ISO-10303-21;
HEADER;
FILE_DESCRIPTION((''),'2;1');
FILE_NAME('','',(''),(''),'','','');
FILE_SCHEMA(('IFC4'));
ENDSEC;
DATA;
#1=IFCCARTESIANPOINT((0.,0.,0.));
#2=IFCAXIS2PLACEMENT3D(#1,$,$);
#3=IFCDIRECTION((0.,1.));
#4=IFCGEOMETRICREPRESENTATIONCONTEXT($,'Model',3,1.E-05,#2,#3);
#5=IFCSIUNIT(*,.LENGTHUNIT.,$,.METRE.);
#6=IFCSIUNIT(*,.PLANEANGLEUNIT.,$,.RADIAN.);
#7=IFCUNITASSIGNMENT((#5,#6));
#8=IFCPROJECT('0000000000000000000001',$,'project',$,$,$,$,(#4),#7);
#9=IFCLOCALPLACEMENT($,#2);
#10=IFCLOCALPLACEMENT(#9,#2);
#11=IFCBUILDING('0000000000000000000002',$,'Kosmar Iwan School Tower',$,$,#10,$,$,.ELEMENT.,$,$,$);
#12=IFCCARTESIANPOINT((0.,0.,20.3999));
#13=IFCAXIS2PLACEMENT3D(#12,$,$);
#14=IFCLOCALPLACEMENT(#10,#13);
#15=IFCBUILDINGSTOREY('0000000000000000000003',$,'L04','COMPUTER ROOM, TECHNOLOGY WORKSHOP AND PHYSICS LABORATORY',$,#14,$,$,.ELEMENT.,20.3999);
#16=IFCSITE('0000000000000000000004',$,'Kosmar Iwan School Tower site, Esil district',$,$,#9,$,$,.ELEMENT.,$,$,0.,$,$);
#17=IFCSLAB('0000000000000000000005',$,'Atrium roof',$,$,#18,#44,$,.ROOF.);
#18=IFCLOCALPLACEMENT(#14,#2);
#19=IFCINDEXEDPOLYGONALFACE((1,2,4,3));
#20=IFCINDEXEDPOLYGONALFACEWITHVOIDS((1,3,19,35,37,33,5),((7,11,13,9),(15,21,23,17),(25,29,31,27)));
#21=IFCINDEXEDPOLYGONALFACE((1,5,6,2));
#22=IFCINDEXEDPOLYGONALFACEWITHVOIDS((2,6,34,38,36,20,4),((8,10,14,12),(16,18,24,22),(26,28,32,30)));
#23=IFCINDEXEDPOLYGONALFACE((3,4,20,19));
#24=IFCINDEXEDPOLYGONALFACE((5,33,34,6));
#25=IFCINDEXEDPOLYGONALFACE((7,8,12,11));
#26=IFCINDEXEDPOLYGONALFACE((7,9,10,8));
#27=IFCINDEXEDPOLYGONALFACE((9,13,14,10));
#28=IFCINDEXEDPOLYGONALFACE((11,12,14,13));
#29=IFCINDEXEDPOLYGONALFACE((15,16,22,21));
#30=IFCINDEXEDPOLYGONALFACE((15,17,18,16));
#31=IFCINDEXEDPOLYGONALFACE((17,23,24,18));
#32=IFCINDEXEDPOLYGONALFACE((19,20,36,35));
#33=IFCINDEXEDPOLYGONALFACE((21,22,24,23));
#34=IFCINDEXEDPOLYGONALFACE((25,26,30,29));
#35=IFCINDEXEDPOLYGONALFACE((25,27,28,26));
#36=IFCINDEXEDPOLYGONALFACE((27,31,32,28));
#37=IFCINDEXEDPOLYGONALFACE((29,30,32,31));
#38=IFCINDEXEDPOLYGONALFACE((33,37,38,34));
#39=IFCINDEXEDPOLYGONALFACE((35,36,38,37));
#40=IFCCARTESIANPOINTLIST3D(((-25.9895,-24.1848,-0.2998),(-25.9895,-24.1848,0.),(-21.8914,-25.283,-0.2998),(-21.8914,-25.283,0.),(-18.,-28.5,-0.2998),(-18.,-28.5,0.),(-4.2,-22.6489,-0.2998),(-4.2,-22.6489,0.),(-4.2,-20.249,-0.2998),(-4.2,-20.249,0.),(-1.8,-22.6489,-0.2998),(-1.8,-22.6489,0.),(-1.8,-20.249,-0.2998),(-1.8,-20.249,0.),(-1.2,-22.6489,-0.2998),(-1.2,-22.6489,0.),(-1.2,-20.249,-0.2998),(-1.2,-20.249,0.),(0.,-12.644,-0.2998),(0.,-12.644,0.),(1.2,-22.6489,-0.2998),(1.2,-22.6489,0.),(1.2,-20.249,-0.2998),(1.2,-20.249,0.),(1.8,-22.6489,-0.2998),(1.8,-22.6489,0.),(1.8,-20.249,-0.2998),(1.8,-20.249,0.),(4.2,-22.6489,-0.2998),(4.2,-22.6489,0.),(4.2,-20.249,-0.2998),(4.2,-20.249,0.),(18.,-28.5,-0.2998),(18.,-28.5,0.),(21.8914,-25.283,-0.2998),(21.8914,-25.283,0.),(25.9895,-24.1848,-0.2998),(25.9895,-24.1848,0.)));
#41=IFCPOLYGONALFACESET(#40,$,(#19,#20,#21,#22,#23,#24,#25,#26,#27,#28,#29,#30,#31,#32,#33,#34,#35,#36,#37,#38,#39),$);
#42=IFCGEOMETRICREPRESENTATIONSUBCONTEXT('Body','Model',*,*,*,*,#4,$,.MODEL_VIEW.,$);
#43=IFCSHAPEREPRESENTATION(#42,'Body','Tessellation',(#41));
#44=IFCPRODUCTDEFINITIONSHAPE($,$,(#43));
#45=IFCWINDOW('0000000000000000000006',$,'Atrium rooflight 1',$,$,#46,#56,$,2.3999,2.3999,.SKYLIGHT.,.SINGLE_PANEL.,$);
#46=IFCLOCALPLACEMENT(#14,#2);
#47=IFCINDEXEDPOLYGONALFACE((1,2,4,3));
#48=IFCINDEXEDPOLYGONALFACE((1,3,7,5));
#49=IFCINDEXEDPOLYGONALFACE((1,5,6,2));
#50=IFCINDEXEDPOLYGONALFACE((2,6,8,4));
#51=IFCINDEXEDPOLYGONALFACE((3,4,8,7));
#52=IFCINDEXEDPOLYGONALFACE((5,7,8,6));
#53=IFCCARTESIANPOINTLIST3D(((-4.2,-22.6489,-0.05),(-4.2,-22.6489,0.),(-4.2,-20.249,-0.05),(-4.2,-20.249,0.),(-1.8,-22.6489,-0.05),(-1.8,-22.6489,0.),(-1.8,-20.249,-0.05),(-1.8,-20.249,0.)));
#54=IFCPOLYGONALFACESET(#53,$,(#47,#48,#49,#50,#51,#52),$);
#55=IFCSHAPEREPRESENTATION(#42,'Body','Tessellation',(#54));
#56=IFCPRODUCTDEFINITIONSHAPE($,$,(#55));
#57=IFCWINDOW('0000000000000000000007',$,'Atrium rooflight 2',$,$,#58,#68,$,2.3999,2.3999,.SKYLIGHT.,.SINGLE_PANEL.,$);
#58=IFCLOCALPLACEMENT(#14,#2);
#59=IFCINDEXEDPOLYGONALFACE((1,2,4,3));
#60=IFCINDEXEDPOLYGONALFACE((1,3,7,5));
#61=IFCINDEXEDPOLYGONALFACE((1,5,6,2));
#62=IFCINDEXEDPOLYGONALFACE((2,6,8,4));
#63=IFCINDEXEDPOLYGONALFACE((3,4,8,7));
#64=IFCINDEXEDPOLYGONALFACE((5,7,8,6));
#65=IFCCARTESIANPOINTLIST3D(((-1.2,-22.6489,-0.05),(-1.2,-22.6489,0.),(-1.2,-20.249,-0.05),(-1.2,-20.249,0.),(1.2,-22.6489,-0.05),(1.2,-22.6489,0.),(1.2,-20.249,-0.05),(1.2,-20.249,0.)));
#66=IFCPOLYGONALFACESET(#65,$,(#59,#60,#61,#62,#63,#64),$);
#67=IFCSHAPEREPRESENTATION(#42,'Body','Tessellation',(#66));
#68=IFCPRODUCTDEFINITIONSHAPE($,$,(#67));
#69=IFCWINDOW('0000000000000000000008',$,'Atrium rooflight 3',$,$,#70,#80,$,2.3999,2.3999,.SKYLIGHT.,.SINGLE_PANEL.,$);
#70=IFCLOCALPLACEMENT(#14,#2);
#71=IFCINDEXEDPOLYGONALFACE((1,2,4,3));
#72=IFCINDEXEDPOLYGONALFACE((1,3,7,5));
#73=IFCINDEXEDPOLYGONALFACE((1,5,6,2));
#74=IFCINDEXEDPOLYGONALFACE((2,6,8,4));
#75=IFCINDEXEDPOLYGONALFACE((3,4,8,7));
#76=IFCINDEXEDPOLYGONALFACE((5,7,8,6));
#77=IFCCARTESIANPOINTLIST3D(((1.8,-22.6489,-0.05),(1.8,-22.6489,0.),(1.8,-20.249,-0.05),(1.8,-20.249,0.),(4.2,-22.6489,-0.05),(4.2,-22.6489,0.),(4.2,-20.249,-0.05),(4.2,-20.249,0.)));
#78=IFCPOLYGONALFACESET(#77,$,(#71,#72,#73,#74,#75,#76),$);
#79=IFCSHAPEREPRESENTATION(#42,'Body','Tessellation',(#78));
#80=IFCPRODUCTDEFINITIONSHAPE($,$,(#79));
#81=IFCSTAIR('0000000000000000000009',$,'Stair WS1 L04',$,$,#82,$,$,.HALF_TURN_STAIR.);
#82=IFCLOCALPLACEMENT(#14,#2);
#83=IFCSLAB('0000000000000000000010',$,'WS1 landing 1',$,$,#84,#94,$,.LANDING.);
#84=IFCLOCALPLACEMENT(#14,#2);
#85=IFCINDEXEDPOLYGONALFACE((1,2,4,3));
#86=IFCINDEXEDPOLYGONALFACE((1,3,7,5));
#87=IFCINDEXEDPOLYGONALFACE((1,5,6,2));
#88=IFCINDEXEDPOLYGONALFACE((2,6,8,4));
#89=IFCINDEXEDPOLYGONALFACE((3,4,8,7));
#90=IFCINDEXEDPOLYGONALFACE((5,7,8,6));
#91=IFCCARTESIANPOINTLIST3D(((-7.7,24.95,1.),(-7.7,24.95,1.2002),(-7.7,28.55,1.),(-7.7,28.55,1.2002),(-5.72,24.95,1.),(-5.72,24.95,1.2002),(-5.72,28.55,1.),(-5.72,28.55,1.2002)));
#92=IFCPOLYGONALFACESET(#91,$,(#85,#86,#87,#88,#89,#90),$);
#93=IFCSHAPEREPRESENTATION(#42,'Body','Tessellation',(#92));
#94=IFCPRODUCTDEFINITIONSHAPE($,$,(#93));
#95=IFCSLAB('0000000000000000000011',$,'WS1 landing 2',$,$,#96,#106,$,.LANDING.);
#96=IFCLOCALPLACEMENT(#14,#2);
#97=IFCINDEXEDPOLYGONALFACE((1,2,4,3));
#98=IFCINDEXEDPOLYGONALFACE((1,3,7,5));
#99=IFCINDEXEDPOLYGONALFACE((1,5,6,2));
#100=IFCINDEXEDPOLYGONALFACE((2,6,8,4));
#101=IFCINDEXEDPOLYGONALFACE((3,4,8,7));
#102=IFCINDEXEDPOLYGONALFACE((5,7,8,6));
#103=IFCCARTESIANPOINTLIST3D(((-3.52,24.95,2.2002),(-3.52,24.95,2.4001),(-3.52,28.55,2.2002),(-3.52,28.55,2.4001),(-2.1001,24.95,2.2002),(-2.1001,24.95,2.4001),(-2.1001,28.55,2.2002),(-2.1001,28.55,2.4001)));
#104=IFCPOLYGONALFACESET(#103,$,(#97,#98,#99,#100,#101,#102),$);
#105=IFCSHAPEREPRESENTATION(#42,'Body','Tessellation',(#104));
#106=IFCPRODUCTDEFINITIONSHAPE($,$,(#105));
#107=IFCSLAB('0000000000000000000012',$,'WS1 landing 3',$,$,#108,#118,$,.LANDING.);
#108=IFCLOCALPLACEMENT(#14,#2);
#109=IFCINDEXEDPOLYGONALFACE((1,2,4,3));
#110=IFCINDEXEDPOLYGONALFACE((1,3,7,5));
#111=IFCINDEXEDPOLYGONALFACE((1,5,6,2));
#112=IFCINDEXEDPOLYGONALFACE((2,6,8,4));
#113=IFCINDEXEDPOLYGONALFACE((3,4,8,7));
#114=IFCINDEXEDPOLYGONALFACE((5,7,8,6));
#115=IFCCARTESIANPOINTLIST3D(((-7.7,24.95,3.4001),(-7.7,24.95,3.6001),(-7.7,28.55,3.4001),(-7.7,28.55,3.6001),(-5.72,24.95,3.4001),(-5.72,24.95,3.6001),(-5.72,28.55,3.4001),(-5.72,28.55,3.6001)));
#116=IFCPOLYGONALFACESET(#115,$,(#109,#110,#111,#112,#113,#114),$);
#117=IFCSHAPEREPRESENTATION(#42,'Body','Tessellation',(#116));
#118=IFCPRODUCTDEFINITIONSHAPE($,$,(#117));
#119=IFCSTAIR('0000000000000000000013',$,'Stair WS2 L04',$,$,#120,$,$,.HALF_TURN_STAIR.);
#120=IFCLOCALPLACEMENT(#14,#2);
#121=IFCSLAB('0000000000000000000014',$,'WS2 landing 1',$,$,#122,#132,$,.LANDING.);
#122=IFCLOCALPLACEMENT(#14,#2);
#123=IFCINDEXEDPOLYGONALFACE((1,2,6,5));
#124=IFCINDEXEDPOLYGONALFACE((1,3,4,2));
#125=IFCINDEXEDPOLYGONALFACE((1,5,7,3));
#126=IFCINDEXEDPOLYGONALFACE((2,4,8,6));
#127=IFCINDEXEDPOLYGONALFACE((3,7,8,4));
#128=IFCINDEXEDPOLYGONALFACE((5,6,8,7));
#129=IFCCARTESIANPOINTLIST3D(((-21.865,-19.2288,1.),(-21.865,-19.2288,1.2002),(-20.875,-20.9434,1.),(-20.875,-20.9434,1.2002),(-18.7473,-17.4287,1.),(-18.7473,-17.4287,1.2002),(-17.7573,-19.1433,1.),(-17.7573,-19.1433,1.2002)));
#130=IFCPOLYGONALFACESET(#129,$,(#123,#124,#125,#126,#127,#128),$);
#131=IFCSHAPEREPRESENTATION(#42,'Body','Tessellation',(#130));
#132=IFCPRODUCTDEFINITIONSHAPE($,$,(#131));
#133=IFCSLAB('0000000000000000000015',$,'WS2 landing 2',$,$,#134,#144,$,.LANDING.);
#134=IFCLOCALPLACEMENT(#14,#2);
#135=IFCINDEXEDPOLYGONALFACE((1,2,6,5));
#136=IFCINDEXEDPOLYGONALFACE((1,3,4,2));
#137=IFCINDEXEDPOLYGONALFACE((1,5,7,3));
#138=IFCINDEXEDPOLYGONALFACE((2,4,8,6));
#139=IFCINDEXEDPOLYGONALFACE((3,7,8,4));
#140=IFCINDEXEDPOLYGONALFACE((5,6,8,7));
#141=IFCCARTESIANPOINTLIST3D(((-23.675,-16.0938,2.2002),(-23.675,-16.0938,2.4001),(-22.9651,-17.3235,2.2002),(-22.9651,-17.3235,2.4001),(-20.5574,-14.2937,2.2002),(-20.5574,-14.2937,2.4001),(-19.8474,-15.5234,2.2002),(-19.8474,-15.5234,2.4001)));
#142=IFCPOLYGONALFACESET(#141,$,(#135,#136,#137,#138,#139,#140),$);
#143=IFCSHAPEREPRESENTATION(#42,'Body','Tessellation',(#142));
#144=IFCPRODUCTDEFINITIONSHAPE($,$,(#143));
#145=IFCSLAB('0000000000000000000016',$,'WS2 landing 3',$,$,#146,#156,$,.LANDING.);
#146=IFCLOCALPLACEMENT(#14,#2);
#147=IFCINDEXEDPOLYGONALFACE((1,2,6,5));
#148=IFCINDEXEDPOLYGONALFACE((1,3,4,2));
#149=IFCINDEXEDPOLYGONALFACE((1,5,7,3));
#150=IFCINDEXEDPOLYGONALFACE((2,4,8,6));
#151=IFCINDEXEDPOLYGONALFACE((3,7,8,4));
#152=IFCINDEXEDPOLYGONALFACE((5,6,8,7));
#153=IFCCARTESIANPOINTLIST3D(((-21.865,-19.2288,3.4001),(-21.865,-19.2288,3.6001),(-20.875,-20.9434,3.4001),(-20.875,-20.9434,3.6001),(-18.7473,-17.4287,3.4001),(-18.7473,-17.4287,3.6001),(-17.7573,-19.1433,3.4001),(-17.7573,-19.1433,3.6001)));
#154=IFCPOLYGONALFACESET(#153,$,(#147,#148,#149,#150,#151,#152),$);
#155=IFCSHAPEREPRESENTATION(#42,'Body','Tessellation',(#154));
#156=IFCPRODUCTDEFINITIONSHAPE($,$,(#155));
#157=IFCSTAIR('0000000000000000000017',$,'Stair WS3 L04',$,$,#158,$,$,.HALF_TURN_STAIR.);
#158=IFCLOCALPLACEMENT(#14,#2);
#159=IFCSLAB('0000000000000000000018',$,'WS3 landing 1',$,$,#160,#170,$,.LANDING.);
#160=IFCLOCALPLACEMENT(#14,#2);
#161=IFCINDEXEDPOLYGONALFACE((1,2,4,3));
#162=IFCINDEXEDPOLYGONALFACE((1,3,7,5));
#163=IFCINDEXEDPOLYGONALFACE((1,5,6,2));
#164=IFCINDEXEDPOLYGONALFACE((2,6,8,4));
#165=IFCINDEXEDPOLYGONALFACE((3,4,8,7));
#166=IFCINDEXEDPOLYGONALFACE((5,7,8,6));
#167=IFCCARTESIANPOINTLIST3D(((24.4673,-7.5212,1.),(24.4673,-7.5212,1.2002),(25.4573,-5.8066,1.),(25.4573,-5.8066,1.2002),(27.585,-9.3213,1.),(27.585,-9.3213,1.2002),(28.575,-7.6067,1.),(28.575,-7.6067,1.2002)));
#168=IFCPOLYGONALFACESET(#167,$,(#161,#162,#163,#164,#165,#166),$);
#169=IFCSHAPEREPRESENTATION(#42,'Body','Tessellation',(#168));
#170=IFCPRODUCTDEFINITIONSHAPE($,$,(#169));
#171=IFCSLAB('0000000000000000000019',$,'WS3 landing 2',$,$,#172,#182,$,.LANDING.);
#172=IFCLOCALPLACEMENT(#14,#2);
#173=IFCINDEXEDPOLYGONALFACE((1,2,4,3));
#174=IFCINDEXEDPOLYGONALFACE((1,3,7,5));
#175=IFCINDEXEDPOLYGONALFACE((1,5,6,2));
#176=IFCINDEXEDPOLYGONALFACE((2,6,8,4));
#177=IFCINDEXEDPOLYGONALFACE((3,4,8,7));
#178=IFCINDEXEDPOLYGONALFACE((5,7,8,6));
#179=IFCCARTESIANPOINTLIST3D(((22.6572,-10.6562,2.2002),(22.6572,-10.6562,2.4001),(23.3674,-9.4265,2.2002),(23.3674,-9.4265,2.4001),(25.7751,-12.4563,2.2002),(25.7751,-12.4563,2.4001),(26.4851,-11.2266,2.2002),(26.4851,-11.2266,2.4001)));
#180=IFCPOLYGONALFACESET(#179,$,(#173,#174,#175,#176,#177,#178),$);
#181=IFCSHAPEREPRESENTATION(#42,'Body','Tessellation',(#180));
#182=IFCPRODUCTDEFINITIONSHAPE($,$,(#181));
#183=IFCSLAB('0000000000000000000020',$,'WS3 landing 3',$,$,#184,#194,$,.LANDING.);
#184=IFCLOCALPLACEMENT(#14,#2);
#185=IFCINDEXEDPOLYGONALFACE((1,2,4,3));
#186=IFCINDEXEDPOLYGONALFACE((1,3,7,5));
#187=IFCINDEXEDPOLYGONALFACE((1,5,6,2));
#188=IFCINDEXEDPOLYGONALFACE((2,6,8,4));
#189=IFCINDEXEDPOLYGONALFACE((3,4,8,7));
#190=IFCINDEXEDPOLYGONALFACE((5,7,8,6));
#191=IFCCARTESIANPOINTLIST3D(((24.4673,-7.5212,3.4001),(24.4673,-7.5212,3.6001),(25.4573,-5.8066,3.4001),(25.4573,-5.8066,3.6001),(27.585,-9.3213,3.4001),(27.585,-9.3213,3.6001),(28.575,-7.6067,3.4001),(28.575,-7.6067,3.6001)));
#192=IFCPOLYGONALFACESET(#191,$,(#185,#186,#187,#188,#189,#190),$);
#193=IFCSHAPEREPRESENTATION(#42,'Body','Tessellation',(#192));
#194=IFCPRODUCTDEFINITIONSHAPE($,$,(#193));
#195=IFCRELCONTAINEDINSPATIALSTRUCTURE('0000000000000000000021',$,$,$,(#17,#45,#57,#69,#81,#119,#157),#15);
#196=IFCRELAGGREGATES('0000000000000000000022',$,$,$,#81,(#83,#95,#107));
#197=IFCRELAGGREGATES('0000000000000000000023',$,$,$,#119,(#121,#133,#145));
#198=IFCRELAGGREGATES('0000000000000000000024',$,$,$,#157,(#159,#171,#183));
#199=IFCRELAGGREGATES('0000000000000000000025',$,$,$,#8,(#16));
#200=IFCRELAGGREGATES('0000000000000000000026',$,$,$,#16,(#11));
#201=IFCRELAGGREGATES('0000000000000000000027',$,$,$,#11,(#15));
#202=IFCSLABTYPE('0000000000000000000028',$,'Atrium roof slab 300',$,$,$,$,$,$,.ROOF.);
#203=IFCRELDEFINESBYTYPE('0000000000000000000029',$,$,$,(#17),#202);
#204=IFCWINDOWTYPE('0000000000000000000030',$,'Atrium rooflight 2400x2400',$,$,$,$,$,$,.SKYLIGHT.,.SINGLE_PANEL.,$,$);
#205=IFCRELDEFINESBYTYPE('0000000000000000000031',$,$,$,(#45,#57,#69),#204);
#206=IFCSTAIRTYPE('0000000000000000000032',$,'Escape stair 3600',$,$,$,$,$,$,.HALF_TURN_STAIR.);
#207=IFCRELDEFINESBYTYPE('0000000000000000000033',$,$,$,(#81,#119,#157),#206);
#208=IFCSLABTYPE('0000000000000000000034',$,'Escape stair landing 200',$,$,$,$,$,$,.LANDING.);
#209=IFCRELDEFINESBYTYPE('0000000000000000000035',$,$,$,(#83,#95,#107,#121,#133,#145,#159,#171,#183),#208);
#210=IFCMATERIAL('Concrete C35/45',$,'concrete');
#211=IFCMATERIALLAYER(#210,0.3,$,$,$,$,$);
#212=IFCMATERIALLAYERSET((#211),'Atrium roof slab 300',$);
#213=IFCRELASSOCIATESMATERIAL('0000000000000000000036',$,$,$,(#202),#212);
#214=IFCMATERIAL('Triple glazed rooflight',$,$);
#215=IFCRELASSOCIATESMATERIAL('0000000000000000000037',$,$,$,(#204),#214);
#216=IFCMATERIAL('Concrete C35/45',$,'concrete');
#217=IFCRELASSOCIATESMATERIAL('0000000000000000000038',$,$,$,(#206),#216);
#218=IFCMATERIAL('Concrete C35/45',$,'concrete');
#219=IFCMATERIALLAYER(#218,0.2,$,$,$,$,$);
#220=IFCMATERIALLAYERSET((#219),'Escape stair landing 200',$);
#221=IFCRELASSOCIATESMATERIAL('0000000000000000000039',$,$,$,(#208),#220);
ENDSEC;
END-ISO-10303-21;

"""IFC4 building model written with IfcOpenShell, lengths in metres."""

from ifc_helpers import new_model, si_unit, direction, frame, origin, origin_2d, place, context, subcontext, project, spatial, polyline, rectangle, outline, extrude, material, layer, layer_set, type_object, element, fill, aggregate, save


model = new_model("IFC4")

# Units and contexts
model_context = context("Model", 3, precision=1e-05, world=origin(), true_north=direction((0.0, 1.0)))
body_context = subcontext(model_context, "Body", "Model", "MODEL_VIEW")
ifc_project = project(units=[si_unit("LENGTHUNIT", "METRE"), si_unit("PLANEANGLEUNIT", "RADIAN")], contexts=[model_context])

# Site, building, storey
site_placement = place(None, origin())
site = spatial("IfcSite", under=ifc_project, at=site_placement, Name="Kosmar Iwan School Tower site, Esil district", CompositionType="ELEMENT", RefElevation=0.0)
building_placement = place(site_placement, origin())
building = spatial("IfcBuilding", under=site, at=building_placement, Name="Kosmar Iwan School Tower", CompositionType="ELEMENT")
storey_placement = place(building_placement, frame((0.0, 0.0, 20.3999)))
storey = spatial("IfcBuildingStorey", under=building, at=storey_placement, Name="L04", Description="COMPUTER ROOM, TECHNOLOGY WORKSHOP AND PHYSICS LABORATORY", CompositionType="ELEMENT", Elevation=20.3999)

# Slab, openings, windows
ifc_material_1 = material(Name="Concrete C35/45", Category="concrete")
ifc_layer_1 = layer(ifc_material_1, 0.3)
ifc_layer_set_1 = layer_set([ifc_layer_1], Name="Atrium roof slab 300")
slab_type_1 = type_object("IfcSlabType", Name="Atrium roof slab 300", PredefinedType="ROOF", material=ifc_layer_set_1)
slab_1_placement = place(storey_placement, frame((0.0, 0.0, -0.2998)))
slab_1 = element("IfcSlab", 1, at=slab_1_placement, inside=storey, type_object=slab_type_1, Name="Atrium roof", PredefinedType="ROOF", context=body_context, shape_type="SweptSolid", body=[
    extrude(outline(polyline([(-18.0, -28.5), (18.0, -28.5), (25.9895, -24.1848), (21.8914, -25.283), (0.0, -12.644), (-21.8914, -25.283), (-25.9895, -24.1848), (-18.0, -28.5)])), origin(), (0.0, 0.0, 1.0), 0.2998),
])
opening_1_placement = place(slab_1_placement, frame((-3.0, -21.449, 0.0)))
opening_1 = element("IfcOpeningElement", 2, at=opening_1_placement, cuts=slab_1, PredefinedType="OPENING", context=body_context, shape_type="SweptSolid", body=[
    extrude(rectangle(XDim=2.3999, YDim=2.3999, at=origin_2d()), origin(), (0.0, 0.0, 1.0), 0.2998),
])
opening_2_placement = place(slab_1_placement, frame((0.0, -21.449, 0.0)))
opening_2 = element("IfcOpeningElement", 3, at=opening_2_placement, cuts=slab_1, PredefinedType="OPENING", context=body_context, shape_type="SweptSolid", body=[
    extrude(rectangle(XDim=2.3999, YDim=2.3999, at=origin_2d()), origin(), (0.0, 0.0, 1.0), 0.2998),
])
opening_3_placement = place(slab_1_placement, frame((3.0, -21.449, 0.0)))
opening_3 = element("IfcOpeningElement", 4, at=opening_3_placement, cuts=slab_1, PredefinedType="OPENING", context=body_context, shape_type="SweptSolid", body=[
    extrude(rectangle(XDim=2.3999, YDim=2.3999, at=origin_2d()), origin(), (0.0, 0.0, 1.0), 0.2998),
])
ifc_material_2 = material(Name="Triple glazed rooflight")
window_type = type_object("IfcWindowType", Name="Atrium rooflight 2400x2400", PartitioningType="SINGLE_PANEL", PredefinedType="SKYLIGHT", material=ifc_material_2)
window_1_placement = place(opening_1_placement, frame((0.0, 0.0, 0.2498)))
window_1 = element("IfcWindow", 5, at=window_1_placement, inside=storey, type_object=window_type, Name="Atrium rooflight 1", OverallHeight=2.3999, OverallWidth=2.3999, PartitioningType="SINGLE_PANEL", PredefinedType="SKYLIGHT", context=body_context, shape_type="SweptSolid", body=[
    extrude(rectangle(XDim=2.3999, YDim=2.3999, at=origin_2d()), origin(), (0.0, 0.0, 1.0), 0.05),
])
fill(opening_1, window_1)
window_2_placement = place(opening_2_placement, frame((0.0, 0.0, 0.2498)))
window_2 = element("IfcWindow", 6, at=window_2_placement, inside=storey, type_object=window_type, Name="Atrium rooflight 2", OverallHeight=2.3999, OverallWidth=2.3999, PartitioningType="SINGLE_PANEL", PredefinedType="SKYLIGHT", context=body_context, shape_type="SweptSolid", body=[
    extrude(rectangle(XDim=2.3999, YDim=2.3999, at=origin_2d()), origin(), (0.0, 0.0, 1.0), 0.05),
])
fill(opening_2, window_2)
window_3_placement = place(opening_3_placement, frame((0.0, 0.0, 0.2498)))
window_3 = element("IfcWindow", 7, at=window_3_placement, inside=storey, type_object=window_type, Name="Atrium rooflight 3", OverallHeight=2.3999, OverallWidth=2.3999, PartitioningType="SINGLE_PANEL", PredefinedType="SKYLIGHT", context=body_context, shape_type="SweptSolid", body=[
    extrude(rectangle(XDim=2.3999, YDim=2.3999, at=origin_2d()), origin(), (0.0, 0.0, 1.0), 0.05),
])
fill(opening_3, window_3)

# Stairs, slabs
ifc_material_3 = material(Name="Concrete C35/45", Category="concrete")
stair_type_1 = type_object("IfcStairType", Name="Escape stair 3600", PredefinedType="HALF_TURN_STAIR", material=ifc_material_3)
stair_1_placement = place(storey_placement, origin())
stair_1 = element("IfcStair", 8, at=stair_1_placement, inside=storey, type_object=stair_type_1, Name="Stair WS1 L04", PredefinedType="HALF_TURN_STAIR")
ifc_material_4 = material(Name="Concrete C35/45", Category="concrete")
ifc_layer_2 = layer(ifc_material_4, 0.2)
ifc_layer_set_2 = layer_set([ifc_layer_2], Name="Escape stair landing 200")
slab_type_2 = type_object("IfcSlabType", Name="Escape stair landing 200", PredefinedType="LANDING", material=ifc_layer_set_2)
slab_2_placement = place(storey_placement, frame((0.0, 0.0, 1.0)))
slab_2 = element("IfcSlab", 9, at=slab_2_placement, type_object=slab_type_2, Name="WS1 landing 1", PredefinedType="LANDING", context=body_context, shape_type="SweptSolid", body=[
    extrude(outline(polyline([(-5.72, 24.95), (-5.72, 28.55), (-7.7, 28.55), (-7.7, 24.95), (-5.72, 24.95)])), origin(), (0.0, 0.0, 1.0), 0.2002),
])
slab_3_placement = place(storey_placement, frame((0.0, 0.0, 2.2002)))
slab_3 = element("IfcSlab", 10, at=slab_3_placement, type_object=slab_type_2, Name="WS1 landing 2", PredefinedType="LANDING", context=body_context, shape_type="SweptSolid", body=[
    extrude(outline(polyline([(-2.1001, 24.95), (-2.1001, 28.55), (-3.52, 28.55), (-3.52, 24.95), (-2.1001, 24.95)])), origin(), (0.0, 0.0, 1.0), 0.2),
])
slab_4_placement = place(storey_placement, frame((0.0, 0.0, 3.4001)))
slab_4 = element("IfcSlab", 11, at=slab_4_placement, type_object=slab_type_2, Name="WS1 landing 3", PredefinedType="LANDING", context=body_context, shape_type="SweptSolid", body=[
    extrude(outline(polyline([(-5.72, 24.95), (-5.72, 28.55), (-7.7, 28.55), (-7.7, 24.95), (-5.72, 24.95)])), origin(), (0.0, 0.0, 1.0), 0.2),
])
aggregate(stair_1, [slab_2, slab_3, slab_4])
stair_2_placement = place(storey_placement, origin())
stair_2 = element("IfcStair", 12, at=stair_2_placement, inside=storey, type_object=stair_type_1, Name="Stair WS2 L04", PredefinedType="HALF_TURN_STAIR")
slab_5_placement = place(storey_placement, frame((0.0, 0.0, 1.0)))
slab_5 = element("IfcSlab", 13, at=slab_5_placement, type_object=slab_type_2, Name="WS2 landing 1", PredefinedType="LANDING", context=body_context, shape_type="SweptSolid", body=[
    extrude(outline(polyline([(-18.7473, -17.4287), (-21.865, -19.2288), (-20.875, -20.9434), (-17.7573, -19.1433), (-18.7473, -17.4287)])), origin(), (0.0, 0.0, 1.0), 0.2002),
])
slab_6_placement = place(storey_placement, frame((0.0, 0.0, 2.2002)))
slab_6 = element("IfcSlab", 14, at=slab_6_placement, type_object=slab_type_2, Name="WS2 landing 2", PredefinedType="LANDING", context=body_context, shape_type="SweptSolid", body=[
    extrude(outline(polyline([(-20.5574, -14.2937), (-23.675, -16.0938), (-22.9651, -17.3235), (-19.8474, -15.5234), (-20.5574, -14.2937)])), origin(), (0.0, 0.0, 1.0), 0.2),
])
slab_7_placement = place(storey_placement, frame((0.0, 0.0, 3.4001)))
slab_7 = element("IfcSlab", 15, at=slab_7_placement, type_object=slab_type_2, Name="WS2 landing 3", PredefinedType="LANDING", context=body_context, shape_type="SweptSolid", body=[
    extrude(outline(polyline([(-18.7473, -17.4287), (-21.865, -19.2288), (-20.875, -20.9434), (-17.7573, -19.1433), (-18.7473, -17.4287)])), origin(), (0.0, 0.0, 1.0), 0.2),
])
aggregate(stair_2, [slab_5, slab_6, slab_7])
stair_3_placement = place(storey_placement, origin())
stair_3 = element("IfcStair", 16, at=stair_3_placement, inside=storey, type_object=stair_type_1, Name="Stair WS3 L04", PredefinedType="HALF_TURN_STAIR")
slab_8_placement = place(storey_placement, frame((0.0, 0.0, 1.0)))
slab_8 = element("IfcSlab", 17, at=slab_8_placement, type_object=slab_type_2, Name="WS3 landing 1", PredefinedType="LANDING", context=body_context, shape_type="SweptSolid", body=[
    extrude(outline(polyline([(24.4673, -7.5212), (27.585, -9.3213), (28.575, -7.6067), (25.4573, -5.8066), (24.4673, -7.5212)])), origin(), (0.0, 0.0, 1.0), 0.2002),
])
slab_9_placement = place(storey_placement, frame((0.0, 0.0, 2.2002)))
slab_9 = element("IfcSlab", 18, at=slab_9_placement, type_object=slab_type_2, Name="WS3 landing 2", PredefinedType="LANDING", context=body_context, shape_type="SweptSolid", body=[
    extrude(outline(polyline([(22.6572, -10.6562), (25.7751, -12.4563), (26.4851, -11.2266), (23.3674, -9.4265), (22.6572, -10.6562)])), origin(), (0.0, 0.0, 1.0), 0.2),
])
slab_10_placement = place(storey_placement, frame((0.0, 0.0, 3.4001)))
slab_10 = element("IfcSlab", 19, at=slab_10_placement, type_object=slab_type_2, Name="WS3 landing 3", PredefinedType="LANDING", context=body_context, shape_type="SweptSolid", body=[
    extrude(outline(polyline([(24.4673, -7.5212), (27.585, -9.3213), (28.575, -7.6067), (25.4573, -5.8066), (24.4673, -7.5212)])), origin(), (0.0, 0.0, 1.0), 0.2),
])
aggregate(stair_3, [slab_8, slab_9, slab_10])

save(model, "model.ifc")
